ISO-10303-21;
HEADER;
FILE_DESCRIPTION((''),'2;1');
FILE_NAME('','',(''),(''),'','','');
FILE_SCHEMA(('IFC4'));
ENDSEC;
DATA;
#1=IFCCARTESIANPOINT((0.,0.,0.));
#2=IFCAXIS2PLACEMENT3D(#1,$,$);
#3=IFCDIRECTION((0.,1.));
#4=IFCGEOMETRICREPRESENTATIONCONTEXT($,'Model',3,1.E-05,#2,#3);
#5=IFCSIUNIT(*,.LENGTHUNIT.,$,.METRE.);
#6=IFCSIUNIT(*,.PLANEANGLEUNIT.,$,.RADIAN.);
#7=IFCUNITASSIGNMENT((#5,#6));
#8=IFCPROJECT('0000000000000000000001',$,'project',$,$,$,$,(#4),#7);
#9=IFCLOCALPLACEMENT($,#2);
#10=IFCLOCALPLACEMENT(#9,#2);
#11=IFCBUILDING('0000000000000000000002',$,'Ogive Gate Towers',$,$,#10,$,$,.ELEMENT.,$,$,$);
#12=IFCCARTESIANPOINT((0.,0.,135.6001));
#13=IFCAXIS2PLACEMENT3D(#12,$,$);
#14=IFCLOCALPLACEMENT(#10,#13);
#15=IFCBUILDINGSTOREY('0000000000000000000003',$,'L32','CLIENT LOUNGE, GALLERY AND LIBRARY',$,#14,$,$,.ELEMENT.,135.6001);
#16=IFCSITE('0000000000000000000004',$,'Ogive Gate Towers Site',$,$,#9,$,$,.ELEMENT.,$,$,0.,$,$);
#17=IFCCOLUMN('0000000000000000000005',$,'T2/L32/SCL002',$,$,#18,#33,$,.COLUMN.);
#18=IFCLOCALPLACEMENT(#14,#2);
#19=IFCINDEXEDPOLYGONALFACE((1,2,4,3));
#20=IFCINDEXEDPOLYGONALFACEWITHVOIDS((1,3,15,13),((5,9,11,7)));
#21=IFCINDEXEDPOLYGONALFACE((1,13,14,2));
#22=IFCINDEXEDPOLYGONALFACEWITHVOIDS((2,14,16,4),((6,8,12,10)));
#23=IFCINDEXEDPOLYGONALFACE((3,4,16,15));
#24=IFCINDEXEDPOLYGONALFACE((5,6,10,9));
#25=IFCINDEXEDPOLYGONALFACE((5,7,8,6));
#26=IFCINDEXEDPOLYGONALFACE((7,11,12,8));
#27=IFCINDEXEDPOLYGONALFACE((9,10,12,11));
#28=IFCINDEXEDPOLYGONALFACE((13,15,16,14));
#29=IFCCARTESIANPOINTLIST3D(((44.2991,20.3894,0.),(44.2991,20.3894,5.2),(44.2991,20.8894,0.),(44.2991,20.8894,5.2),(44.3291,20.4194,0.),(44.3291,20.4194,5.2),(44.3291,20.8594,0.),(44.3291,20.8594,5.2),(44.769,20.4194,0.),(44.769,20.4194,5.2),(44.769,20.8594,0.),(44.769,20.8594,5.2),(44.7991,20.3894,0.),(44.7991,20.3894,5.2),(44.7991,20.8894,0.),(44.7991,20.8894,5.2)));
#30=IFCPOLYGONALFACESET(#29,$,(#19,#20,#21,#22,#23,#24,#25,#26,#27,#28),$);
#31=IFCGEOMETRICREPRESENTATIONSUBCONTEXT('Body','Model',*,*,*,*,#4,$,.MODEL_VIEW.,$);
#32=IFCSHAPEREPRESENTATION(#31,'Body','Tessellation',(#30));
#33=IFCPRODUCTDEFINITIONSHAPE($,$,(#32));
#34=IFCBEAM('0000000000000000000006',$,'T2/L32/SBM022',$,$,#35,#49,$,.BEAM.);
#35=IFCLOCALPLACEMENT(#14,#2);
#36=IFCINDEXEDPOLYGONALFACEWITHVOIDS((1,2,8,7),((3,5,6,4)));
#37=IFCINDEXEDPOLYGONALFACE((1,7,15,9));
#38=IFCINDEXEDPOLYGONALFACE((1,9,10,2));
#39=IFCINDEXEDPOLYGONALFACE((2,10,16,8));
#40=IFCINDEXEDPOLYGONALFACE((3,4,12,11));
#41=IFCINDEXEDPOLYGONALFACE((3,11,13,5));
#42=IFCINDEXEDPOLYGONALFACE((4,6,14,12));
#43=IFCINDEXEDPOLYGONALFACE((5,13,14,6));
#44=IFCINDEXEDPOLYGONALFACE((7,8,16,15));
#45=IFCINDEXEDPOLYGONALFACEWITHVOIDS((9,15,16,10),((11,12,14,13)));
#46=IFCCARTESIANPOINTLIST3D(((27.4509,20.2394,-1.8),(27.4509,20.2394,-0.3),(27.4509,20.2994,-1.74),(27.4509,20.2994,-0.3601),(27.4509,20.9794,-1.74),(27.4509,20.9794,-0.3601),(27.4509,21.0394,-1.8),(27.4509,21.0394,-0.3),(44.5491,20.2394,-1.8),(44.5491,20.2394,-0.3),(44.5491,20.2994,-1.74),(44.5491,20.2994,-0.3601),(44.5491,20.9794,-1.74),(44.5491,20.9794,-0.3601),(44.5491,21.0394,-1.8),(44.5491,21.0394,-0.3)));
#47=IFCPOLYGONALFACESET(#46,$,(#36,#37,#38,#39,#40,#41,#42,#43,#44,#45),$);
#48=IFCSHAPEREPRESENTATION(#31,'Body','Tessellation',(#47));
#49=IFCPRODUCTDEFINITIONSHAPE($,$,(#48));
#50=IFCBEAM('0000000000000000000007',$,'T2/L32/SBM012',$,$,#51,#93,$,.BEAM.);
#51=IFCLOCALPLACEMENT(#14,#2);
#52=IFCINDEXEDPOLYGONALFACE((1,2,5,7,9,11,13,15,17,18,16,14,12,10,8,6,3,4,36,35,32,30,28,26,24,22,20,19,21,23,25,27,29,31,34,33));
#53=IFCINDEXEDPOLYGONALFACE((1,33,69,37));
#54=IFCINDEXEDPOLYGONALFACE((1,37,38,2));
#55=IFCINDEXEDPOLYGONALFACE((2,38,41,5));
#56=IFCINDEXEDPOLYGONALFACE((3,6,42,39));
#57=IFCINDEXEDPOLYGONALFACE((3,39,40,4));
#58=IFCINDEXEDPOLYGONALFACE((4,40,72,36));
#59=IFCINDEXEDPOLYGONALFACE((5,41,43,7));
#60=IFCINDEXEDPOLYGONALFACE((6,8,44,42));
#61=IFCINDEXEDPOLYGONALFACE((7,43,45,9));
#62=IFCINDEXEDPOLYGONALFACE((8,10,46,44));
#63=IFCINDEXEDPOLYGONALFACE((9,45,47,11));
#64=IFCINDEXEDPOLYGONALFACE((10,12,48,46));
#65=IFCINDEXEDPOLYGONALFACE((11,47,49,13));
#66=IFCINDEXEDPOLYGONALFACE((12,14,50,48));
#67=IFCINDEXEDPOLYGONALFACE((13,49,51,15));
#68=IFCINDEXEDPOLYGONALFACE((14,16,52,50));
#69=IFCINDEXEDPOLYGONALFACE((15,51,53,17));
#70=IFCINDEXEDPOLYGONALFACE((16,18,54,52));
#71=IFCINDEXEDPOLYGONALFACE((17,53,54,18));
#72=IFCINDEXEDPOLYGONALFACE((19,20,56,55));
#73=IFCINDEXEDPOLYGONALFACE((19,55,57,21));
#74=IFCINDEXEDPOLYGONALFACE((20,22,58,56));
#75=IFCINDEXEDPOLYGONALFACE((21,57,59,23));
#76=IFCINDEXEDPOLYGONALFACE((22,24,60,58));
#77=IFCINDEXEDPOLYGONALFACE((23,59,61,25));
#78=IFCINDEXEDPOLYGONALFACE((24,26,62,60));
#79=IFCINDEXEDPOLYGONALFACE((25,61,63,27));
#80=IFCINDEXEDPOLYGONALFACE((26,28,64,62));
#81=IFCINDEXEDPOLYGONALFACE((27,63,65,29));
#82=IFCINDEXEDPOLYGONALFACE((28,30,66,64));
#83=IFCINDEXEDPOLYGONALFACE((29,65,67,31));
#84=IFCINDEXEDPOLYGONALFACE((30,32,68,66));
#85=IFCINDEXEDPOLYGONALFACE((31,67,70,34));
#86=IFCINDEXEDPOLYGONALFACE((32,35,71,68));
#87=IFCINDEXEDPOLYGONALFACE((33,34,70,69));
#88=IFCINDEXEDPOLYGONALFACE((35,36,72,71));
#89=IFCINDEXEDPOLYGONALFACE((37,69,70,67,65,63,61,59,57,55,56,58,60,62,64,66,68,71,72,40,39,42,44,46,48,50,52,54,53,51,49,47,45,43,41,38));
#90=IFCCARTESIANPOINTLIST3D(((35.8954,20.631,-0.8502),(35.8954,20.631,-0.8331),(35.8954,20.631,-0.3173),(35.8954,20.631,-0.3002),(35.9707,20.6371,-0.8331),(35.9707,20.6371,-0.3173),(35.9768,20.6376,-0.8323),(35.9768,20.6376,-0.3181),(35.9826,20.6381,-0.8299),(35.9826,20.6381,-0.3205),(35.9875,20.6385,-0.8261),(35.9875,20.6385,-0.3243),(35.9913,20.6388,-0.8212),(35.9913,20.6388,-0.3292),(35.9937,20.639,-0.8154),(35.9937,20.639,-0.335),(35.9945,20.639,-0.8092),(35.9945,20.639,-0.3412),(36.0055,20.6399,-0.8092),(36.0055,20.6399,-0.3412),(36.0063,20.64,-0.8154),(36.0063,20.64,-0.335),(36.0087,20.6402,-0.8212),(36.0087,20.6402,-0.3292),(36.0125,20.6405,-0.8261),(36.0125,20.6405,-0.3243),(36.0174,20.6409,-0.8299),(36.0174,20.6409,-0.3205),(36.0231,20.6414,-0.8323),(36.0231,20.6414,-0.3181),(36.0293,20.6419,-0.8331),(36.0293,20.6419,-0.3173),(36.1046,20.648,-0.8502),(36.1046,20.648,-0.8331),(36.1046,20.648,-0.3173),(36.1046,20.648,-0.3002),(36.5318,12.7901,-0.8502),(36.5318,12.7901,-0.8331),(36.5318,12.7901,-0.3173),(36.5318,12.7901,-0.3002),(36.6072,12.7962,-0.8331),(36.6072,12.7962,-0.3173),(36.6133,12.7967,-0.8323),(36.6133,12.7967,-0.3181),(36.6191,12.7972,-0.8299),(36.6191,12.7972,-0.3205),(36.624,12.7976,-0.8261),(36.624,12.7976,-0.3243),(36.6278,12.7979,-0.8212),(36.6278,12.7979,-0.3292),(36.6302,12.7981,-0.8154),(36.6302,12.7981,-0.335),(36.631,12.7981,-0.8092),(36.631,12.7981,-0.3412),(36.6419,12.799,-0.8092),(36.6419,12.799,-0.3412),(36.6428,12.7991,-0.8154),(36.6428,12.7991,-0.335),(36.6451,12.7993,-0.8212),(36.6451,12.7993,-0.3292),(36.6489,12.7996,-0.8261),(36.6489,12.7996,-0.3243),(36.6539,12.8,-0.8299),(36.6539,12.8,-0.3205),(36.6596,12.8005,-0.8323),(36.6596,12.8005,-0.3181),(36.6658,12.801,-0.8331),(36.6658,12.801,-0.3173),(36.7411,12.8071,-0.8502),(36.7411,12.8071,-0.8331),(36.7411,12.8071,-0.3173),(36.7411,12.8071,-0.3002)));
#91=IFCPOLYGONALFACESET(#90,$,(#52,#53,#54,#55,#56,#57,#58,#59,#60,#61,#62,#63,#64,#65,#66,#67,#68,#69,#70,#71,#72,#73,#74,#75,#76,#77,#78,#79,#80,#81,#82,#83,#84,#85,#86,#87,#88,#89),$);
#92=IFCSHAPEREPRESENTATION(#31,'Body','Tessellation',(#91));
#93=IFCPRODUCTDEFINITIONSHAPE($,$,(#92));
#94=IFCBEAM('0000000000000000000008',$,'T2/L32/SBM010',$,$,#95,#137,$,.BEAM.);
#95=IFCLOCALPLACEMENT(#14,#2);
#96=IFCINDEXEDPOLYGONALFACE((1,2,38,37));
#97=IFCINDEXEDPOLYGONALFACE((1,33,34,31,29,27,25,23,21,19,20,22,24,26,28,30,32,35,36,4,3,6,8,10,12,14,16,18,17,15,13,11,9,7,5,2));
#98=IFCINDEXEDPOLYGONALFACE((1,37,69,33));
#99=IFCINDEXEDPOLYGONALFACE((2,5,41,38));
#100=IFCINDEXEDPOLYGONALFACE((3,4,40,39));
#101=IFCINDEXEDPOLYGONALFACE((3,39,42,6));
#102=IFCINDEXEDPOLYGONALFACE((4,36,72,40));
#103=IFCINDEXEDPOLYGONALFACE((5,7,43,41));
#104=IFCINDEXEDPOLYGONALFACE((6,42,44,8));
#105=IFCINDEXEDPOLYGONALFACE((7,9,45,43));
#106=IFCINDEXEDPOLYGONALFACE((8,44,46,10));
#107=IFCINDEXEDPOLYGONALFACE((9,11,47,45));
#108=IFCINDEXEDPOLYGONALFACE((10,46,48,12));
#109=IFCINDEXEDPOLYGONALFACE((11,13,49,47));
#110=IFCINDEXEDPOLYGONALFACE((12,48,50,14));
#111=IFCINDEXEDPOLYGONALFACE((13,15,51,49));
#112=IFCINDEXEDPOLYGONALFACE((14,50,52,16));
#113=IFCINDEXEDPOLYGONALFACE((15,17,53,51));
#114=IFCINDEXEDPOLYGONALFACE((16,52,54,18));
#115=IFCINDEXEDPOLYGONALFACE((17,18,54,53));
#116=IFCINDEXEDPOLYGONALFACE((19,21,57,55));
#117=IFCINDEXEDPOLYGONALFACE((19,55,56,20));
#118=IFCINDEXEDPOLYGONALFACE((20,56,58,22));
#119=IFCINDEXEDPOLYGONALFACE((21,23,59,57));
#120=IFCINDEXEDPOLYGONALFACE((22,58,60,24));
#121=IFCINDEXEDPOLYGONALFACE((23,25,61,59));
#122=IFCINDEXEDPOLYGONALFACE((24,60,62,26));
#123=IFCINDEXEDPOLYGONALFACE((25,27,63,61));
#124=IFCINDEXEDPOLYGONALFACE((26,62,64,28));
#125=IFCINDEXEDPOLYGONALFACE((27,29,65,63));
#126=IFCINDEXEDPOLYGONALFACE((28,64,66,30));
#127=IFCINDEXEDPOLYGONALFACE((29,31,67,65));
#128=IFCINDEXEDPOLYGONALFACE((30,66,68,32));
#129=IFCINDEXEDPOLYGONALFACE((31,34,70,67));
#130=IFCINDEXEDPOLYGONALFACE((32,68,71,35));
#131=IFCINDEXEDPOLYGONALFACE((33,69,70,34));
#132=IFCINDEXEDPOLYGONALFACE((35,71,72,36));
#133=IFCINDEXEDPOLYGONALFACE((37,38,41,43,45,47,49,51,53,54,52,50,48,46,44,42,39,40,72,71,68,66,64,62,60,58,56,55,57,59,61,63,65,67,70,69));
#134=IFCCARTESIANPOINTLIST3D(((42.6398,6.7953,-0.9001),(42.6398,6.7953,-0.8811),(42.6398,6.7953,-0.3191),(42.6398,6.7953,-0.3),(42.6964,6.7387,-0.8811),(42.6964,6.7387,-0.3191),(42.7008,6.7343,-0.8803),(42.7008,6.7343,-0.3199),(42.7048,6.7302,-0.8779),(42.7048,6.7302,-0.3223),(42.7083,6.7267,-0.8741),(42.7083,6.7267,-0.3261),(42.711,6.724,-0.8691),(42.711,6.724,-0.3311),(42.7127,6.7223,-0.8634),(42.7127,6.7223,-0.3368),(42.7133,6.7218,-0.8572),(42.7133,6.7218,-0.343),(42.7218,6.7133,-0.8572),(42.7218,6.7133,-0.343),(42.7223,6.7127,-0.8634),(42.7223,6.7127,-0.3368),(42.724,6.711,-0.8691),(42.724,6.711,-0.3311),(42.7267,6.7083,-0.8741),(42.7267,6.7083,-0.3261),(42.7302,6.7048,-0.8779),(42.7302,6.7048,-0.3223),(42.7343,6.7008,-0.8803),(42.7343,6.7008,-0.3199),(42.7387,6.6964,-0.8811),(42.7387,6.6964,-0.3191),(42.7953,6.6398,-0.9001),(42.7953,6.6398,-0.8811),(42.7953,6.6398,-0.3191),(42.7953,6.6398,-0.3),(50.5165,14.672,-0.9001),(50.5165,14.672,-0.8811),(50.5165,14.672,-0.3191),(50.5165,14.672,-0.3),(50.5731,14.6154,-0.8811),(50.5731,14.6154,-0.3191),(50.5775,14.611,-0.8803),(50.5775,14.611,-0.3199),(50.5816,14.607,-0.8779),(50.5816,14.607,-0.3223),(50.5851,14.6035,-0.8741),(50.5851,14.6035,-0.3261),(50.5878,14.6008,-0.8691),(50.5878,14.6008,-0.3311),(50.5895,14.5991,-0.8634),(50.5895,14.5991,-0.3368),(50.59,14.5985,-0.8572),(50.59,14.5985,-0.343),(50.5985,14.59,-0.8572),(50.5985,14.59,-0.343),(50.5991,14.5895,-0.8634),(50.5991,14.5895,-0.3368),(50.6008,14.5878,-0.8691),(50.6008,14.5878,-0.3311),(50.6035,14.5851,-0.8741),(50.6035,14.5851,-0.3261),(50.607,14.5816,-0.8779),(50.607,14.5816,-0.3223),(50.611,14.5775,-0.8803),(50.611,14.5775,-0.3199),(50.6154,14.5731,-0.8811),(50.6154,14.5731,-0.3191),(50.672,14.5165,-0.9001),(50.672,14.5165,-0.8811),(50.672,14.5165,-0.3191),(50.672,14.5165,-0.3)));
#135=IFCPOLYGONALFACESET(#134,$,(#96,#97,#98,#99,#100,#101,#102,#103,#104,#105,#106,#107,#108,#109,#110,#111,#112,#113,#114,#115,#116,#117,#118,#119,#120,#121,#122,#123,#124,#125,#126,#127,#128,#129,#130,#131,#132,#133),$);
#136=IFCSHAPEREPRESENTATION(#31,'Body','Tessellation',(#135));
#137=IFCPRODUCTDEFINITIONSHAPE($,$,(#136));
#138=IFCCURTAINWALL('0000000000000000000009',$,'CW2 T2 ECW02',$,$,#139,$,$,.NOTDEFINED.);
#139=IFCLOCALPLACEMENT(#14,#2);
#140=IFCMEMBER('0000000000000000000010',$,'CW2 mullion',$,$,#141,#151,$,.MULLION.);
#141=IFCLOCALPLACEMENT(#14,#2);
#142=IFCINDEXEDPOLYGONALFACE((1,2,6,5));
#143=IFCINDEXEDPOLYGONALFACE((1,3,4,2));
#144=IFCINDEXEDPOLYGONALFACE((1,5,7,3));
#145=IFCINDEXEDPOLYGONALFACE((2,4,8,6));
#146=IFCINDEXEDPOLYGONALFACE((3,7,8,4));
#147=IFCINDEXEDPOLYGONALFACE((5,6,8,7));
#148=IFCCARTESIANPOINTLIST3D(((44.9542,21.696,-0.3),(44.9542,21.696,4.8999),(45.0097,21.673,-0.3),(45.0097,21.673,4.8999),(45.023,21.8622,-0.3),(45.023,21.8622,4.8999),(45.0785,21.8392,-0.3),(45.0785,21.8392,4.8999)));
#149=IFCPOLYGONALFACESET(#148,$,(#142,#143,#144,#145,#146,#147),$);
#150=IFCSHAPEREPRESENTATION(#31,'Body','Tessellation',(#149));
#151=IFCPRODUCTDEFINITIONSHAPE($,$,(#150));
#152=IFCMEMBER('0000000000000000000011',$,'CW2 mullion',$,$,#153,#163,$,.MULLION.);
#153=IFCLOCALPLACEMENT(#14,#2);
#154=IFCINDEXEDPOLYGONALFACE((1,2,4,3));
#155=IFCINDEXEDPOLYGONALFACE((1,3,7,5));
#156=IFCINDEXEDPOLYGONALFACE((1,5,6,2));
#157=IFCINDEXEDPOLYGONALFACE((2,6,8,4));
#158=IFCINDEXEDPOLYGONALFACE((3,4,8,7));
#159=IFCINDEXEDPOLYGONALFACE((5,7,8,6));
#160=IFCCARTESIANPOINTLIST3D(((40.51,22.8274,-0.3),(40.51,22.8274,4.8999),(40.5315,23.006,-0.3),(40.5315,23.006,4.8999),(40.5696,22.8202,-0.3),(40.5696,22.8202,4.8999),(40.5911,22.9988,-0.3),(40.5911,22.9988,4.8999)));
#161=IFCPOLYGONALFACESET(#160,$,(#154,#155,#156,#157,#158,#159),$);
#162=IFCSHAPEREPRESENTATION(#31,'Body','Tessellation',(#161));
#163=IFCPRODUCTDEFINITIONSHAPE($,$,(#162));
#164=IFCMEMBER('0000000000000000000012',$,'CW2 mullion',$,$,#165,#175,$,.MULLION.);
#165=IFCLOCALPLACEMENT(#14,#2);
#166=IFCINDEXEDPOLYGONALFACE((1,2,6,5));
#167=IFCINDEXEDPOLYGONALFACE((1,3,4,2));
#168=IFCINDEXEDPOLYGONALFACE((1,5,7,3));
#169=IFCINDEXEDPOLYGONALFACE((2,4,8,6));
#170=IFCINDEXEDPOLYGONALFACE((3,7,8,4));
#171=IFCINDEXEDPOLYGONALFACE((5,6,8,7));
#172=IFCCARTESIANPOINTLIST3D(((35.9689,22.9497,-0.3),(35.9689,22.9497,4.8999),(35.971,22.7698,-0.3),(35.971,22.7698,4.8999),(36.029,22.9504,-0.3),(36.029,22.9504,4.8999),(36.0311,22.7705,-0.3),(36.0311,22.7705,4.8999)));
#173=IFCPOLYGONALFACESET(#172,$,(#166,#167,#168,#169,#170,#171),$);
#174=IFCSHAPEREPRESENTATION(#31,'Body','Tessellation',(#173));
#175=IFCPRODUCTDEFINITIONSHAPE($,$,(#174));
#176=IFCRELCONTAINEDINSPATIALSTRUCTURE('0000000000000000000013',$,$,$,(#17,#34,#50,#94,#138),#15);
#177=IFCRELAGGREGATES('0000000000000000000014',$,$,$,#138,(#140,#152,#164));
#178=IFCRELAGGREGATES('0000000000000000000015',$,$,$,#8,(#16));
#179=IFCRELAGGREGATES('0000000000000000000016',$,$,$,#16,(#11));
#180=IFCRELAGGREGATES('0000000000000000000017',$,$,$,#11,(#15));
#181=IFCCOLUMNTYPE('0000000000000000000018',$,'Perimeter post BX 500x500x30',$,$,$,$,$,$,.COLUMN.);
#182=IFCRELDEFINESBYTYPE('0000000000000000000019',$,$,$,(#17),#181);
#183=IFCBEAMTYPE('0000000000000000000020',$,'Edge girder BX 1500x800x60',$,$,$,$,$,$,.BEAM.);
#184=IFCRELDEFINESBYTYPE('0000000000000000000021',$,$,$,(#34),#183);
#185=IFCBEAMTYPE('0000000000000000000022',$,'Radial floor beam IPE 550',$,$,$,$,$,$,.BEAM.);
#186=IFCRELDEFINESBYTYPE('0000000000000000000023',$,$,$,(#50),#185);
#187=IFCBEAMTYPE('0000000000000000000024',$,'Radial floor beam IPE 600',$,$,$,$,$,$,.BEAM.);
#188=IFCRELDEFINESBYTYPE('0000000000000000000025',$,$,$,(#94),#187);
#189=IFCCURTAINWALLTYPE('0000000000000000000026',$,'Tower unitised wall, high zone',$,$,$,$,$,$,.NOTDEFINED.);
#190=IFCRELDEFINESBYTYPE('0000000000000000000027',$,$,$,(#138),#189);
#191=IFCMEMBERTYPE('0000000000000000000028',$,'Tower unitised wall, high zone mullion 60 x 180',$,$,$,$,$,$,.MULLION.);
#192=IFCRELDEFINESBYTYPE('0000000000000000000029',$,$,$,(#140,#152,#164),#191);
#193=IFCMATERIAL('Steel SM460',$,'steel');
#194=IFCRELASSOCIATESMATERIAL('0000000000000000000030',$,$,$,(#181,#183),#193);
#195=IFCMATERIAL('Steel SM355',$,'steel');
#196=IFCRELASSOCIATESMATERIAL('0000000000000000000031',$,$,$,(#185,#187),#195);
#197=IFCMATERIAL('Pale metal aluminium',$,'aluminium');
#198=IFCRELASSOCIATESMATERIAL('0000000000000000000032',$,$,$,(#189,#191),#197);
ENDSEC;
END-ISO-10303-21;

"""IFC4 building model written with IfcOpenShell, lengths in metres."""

from ifc_helpers import new_model, si_unit, direction, frame, origin, origin_2d, place, context, subcontext, project, spatial, rectangle, hollow_rectangle, i_section, extrude, material, material_profile, profile_set, type_object, element, aggregate, save


model = new_model("IFC4")

# Units and contexts
model_context = context("Model", 3, precision=1e-05, world=origin(), true_north=direction((0.0, 1.0)))
body_context = subcontext(model_context, "Body", "Model", "MODEL_VIEW")
ifc_project = project(units=[si_unit("LENGTHUNIT", "METRE"), si_unit("PLANEANGLEUNIT", "RADIAN")], contexts=[model_context])

# Site, building, storey
site_placement = place(None, origin())
site = spatial("IfcSite", under=ifc_project, at=site_placement, Name="Ogive Gate Towers Site", CompositionType="ELEMENT", RefElevation=0.0)
building_placement = place(site_placement, origin())
building = spatial("IfcBuilding", under=site, at=building_placement, Name="Ogive Gate Towers", CompositionType="ELEMENT")
storey_placement = place(building_placement, frame((0.0, 0.0, 135.6001)))
storey = spatial("IfcBuildingStorey", under=building, at=storey_placement, Name="L32", Description="CLIENT LOUNGE, GALLERY AND LIBRARY", CompositionType="ELEMENT", Elevation=135.6001)

# Column
ifc_material_1 = material(Name="Steel SM460", Category="steel")
ifc_material_profile_1 = material_profile(ifc_material_1, hollow_rectangle(XDim=0.5, YDim=0.5, WallThickness=0.03, at=origin_2d()), Name="BX 500x500x30")
ifc_profile_set_1 = profile_set([ifc_material_profile_1], Name="Steel SM460")
column_type = type_object("IfcColumnType", Name="Perimeter post BX 500x500x30", PredefinedType="COLUMN", material=ifc_profile_set_1)
column_placement = place(storey_placement, frame((44.5491, 20.6394, 0.0), z_axis=(0.0, 0.0, 1.0), x_axis=(1.0, 0.0, 0.0)))
element("IfcColumn", 1, at=column_placement, inside=storey, type_object=column_type, Name="T2/L32/SCL002", PredefinedType="COLUMN", context=body_context, shape_type="SweptSolid", body=[
    extrude(hollow_rectangle(XDim=0.5, YDim=0.5, WallThickness=0.03, at=origin_2d()), origin(), (0.0, 0.0, 1.0), 5.2),
])

# Beams
ifc_material_profile_2 = material_profile(ifc_material_1, hollow_rectangle(XDim=0.8, YDim=1.5, WallThickness=0.0601, at=origin_2d()), Name="BX 1500x800x60")
ifc_profile_set_2 = profile_set([ifc_material_profile_2], Name="Steel SM460")
beam_type_1 = type_object("IfcBeamType", Name="Edge girder BX 1500x800x60", PredefinedType="BEAM", material=ifc_profile_set_2)
beam_1_placement = place(storey_placement, frame((44.5491, 20.6394, -1.05), z_axis=(-1.0, 0.0, 0.0), x_axis=(0.0, -1.0, 0.0)))
element("IfcBeam", 2, at=beam_1_placement, inside=storey, type_object=beam_type_1, Name="T2/L32/SBM022", PredefinedType="BEAM", context=body_context, shape_type="SweptSolid", body=[
    extrude(hollow_rectangle(XDim=0.8, YDim=1.5, WallThickness=0.0601, at=origin_2d()), origin(), (0.0, 0.0, 1.0), 17.0981),
])
ifc_material_2 = material(Name="Steel SM355", Category="steel")
ifc_material_profile_3 = material_profile(ifc_material_2, i_section(OverallWidth=0.21, OverallDepth=0.55, WebThickness=0.011, FlangeThickness=0.0171, FilletRadius=0.0239, at=origin_2d()), Name="IPE 550")
ifc_profile_set_3 = profile_set([ifc_material_profile_3], Name="Steel SM355")
beam_type_2 = type_object("IfcBeamType", Name="Radial floor beam IPE 550", PredefinedType="BEAM", material=ifc_profile_set_3)
beam_2_placement = place(storey_placement, frame((36.6365, 12.7986, -0.5752), z_axis=(-0.080908, 0.996722, 0.0), x_axis=(-0.996722, -0.080908, 0.0)))
element("IfcBeam", 3, at=beam_2_placement, inside=storey, type_object=beam_type_2, Name="T2/L32/SBM012", PredefinedType="BEAM", context=body_context, shape_type="SweptSolid", body=[
    extrude(i_section(OverallWidth=0.21, OverallDepth=0.55, WebThickness=0.011, FlangeThickness=0.0171, FilletRadius=0.0239, at=origin_2d()), origin(), (0.0, 0.0, 1.0), 7.8667),
])
ifc_material_profile_4 = material_profile(ifc_material_2, i_section(OverallWidth=0.22, OverallDepth=0.6001, WebThickness=0.012, FlangeThickness=0.019, FilletRadius=0.0239, at=origin_2d()), Name="IPE 600")
ifc_profile_set_4 = profile_set([ifc_material_profile_4], Name="Steel SM355")
beam_type_3 = type_object("IfcBeamType", Name="Radial floor beam IPE 600", PredefinedType="BEAM", material=ifc_profile_set_4)
beam_3_placement = place(storey_placement, frame((42.7175, 6.7175, -0.6001), z_axis=(0.707107, 0.707107, 0.0), x_axis=(-0.707107, 0.707107, 0.0)))
element("IfcBeam", 4, at=beam_3_placement, inside=storey, type_object=beam_type_3, Name="T2/L32/SBM010", PredefinedType="BEAM", context=body_context, shape_type="SweptSolid", body=[
    extrude(i_section(OverallWidth=0.22, OverallDepth=0.6001, WebThickness=0.012, FlangeThickness=0.019, FilletRadius=0.0239, at=origin_2d()), origin(), (0.0, 0.0, 1.0), 11.1394),
])

# Curtain wall, members
ifc_material_3 = material(Name="Pale metal aluminium", Category="aluminium")
curtain_wall_type = type_object("IfcCurtainWallType", Name="Tower unitised wall, high zone", PredefinedType="NOTDEFINED", material=ifc_material_3)
curtain_wall_1_placement = place(storey_placement, origin())
curtain_wall_1 = element("IfcCurtainWall", 5, at=curtain_wall_1_placement, inside=storey, type_object=curtain_wall_type, Name="CW2 T2 ECW02", PredefinedType="NOTDEFINED")
ifc_material_profile_5 = material_profile(ifc_material_3, rectangle(XDim=0.1799, YDim=0.0601, at=origin_2d()), Name="60 x 180 aluminium box")
ifc_profile_set_5 = profile_set([ifc_material_profile_5], Name="Pale metal aluminium")
member_type_1 = type_object("IfcMemberType", Name="Tower unitised wall, high zone mullion 60 x 180", PredefinedType="MULLION", material=ifc_profile_set_5)
member_1_placement = place(storey_placement, frame((45.0164, 21.7676, -0.3), z_axis=(0.0, 0.0, 1.0), x_axis=(0.382683, 0.92388, 0.0)))
member_1 = element("IfcMember", 6, at=member_1_placement, type_object=member_type_1, Name="CW2 mullion", PredefinedType="MULLION", context=body_context, shape_type="SweptSolid", body=[
    extrude(rectangle(XDim=0.1799, YDim=0.0601, at=origin_2d()), origin(), (0.0, 0.0, 1.0), 5.2),
])
member_2_placement = place(storey_placement, frame((40.5505, 22.9131, -0.3), z_axis=(0.0, 0.0, 1.0), x_axis=(0.119444, 0.992841, 0.0)))
member_2 = element("IfcMember", 7, at=member_2_placement, type_object=member_type_1, Name="CW2 mullion", PredefinedType="MULLION", context=body_context, shape_type="SweptSolid", body=[
    extrude(rectangle(XDim=0.1799, YDim=0.0601, at=origin_2d()), origin(), (0.0, 0.0, 1.0), 5.2),
])
member_3_placement = place(storey_placement, frame((36.0, 22.8601, -0.3), z_axis=(0.0, 0.0, 1.0), x_axis=(-0.011641, 0.999932, 0.0)))
member_3 = element("IfcMember", 8, at=member_3_placement, type_object=member_type_1, Name="CW2 mullion", PredefinedType="MULLION", context=body_context, shape_type="SweptSolid", body=[
    extrude(rectangle(XDim=0.1799, YDim=0.0601, at=origin_2d()), origin(), (0.0, 0.0, 1.0), 5.2),
])

aggregate(curtain_wall_1, [member_1, member_2, member_3])

save(model, "model.ifc")
